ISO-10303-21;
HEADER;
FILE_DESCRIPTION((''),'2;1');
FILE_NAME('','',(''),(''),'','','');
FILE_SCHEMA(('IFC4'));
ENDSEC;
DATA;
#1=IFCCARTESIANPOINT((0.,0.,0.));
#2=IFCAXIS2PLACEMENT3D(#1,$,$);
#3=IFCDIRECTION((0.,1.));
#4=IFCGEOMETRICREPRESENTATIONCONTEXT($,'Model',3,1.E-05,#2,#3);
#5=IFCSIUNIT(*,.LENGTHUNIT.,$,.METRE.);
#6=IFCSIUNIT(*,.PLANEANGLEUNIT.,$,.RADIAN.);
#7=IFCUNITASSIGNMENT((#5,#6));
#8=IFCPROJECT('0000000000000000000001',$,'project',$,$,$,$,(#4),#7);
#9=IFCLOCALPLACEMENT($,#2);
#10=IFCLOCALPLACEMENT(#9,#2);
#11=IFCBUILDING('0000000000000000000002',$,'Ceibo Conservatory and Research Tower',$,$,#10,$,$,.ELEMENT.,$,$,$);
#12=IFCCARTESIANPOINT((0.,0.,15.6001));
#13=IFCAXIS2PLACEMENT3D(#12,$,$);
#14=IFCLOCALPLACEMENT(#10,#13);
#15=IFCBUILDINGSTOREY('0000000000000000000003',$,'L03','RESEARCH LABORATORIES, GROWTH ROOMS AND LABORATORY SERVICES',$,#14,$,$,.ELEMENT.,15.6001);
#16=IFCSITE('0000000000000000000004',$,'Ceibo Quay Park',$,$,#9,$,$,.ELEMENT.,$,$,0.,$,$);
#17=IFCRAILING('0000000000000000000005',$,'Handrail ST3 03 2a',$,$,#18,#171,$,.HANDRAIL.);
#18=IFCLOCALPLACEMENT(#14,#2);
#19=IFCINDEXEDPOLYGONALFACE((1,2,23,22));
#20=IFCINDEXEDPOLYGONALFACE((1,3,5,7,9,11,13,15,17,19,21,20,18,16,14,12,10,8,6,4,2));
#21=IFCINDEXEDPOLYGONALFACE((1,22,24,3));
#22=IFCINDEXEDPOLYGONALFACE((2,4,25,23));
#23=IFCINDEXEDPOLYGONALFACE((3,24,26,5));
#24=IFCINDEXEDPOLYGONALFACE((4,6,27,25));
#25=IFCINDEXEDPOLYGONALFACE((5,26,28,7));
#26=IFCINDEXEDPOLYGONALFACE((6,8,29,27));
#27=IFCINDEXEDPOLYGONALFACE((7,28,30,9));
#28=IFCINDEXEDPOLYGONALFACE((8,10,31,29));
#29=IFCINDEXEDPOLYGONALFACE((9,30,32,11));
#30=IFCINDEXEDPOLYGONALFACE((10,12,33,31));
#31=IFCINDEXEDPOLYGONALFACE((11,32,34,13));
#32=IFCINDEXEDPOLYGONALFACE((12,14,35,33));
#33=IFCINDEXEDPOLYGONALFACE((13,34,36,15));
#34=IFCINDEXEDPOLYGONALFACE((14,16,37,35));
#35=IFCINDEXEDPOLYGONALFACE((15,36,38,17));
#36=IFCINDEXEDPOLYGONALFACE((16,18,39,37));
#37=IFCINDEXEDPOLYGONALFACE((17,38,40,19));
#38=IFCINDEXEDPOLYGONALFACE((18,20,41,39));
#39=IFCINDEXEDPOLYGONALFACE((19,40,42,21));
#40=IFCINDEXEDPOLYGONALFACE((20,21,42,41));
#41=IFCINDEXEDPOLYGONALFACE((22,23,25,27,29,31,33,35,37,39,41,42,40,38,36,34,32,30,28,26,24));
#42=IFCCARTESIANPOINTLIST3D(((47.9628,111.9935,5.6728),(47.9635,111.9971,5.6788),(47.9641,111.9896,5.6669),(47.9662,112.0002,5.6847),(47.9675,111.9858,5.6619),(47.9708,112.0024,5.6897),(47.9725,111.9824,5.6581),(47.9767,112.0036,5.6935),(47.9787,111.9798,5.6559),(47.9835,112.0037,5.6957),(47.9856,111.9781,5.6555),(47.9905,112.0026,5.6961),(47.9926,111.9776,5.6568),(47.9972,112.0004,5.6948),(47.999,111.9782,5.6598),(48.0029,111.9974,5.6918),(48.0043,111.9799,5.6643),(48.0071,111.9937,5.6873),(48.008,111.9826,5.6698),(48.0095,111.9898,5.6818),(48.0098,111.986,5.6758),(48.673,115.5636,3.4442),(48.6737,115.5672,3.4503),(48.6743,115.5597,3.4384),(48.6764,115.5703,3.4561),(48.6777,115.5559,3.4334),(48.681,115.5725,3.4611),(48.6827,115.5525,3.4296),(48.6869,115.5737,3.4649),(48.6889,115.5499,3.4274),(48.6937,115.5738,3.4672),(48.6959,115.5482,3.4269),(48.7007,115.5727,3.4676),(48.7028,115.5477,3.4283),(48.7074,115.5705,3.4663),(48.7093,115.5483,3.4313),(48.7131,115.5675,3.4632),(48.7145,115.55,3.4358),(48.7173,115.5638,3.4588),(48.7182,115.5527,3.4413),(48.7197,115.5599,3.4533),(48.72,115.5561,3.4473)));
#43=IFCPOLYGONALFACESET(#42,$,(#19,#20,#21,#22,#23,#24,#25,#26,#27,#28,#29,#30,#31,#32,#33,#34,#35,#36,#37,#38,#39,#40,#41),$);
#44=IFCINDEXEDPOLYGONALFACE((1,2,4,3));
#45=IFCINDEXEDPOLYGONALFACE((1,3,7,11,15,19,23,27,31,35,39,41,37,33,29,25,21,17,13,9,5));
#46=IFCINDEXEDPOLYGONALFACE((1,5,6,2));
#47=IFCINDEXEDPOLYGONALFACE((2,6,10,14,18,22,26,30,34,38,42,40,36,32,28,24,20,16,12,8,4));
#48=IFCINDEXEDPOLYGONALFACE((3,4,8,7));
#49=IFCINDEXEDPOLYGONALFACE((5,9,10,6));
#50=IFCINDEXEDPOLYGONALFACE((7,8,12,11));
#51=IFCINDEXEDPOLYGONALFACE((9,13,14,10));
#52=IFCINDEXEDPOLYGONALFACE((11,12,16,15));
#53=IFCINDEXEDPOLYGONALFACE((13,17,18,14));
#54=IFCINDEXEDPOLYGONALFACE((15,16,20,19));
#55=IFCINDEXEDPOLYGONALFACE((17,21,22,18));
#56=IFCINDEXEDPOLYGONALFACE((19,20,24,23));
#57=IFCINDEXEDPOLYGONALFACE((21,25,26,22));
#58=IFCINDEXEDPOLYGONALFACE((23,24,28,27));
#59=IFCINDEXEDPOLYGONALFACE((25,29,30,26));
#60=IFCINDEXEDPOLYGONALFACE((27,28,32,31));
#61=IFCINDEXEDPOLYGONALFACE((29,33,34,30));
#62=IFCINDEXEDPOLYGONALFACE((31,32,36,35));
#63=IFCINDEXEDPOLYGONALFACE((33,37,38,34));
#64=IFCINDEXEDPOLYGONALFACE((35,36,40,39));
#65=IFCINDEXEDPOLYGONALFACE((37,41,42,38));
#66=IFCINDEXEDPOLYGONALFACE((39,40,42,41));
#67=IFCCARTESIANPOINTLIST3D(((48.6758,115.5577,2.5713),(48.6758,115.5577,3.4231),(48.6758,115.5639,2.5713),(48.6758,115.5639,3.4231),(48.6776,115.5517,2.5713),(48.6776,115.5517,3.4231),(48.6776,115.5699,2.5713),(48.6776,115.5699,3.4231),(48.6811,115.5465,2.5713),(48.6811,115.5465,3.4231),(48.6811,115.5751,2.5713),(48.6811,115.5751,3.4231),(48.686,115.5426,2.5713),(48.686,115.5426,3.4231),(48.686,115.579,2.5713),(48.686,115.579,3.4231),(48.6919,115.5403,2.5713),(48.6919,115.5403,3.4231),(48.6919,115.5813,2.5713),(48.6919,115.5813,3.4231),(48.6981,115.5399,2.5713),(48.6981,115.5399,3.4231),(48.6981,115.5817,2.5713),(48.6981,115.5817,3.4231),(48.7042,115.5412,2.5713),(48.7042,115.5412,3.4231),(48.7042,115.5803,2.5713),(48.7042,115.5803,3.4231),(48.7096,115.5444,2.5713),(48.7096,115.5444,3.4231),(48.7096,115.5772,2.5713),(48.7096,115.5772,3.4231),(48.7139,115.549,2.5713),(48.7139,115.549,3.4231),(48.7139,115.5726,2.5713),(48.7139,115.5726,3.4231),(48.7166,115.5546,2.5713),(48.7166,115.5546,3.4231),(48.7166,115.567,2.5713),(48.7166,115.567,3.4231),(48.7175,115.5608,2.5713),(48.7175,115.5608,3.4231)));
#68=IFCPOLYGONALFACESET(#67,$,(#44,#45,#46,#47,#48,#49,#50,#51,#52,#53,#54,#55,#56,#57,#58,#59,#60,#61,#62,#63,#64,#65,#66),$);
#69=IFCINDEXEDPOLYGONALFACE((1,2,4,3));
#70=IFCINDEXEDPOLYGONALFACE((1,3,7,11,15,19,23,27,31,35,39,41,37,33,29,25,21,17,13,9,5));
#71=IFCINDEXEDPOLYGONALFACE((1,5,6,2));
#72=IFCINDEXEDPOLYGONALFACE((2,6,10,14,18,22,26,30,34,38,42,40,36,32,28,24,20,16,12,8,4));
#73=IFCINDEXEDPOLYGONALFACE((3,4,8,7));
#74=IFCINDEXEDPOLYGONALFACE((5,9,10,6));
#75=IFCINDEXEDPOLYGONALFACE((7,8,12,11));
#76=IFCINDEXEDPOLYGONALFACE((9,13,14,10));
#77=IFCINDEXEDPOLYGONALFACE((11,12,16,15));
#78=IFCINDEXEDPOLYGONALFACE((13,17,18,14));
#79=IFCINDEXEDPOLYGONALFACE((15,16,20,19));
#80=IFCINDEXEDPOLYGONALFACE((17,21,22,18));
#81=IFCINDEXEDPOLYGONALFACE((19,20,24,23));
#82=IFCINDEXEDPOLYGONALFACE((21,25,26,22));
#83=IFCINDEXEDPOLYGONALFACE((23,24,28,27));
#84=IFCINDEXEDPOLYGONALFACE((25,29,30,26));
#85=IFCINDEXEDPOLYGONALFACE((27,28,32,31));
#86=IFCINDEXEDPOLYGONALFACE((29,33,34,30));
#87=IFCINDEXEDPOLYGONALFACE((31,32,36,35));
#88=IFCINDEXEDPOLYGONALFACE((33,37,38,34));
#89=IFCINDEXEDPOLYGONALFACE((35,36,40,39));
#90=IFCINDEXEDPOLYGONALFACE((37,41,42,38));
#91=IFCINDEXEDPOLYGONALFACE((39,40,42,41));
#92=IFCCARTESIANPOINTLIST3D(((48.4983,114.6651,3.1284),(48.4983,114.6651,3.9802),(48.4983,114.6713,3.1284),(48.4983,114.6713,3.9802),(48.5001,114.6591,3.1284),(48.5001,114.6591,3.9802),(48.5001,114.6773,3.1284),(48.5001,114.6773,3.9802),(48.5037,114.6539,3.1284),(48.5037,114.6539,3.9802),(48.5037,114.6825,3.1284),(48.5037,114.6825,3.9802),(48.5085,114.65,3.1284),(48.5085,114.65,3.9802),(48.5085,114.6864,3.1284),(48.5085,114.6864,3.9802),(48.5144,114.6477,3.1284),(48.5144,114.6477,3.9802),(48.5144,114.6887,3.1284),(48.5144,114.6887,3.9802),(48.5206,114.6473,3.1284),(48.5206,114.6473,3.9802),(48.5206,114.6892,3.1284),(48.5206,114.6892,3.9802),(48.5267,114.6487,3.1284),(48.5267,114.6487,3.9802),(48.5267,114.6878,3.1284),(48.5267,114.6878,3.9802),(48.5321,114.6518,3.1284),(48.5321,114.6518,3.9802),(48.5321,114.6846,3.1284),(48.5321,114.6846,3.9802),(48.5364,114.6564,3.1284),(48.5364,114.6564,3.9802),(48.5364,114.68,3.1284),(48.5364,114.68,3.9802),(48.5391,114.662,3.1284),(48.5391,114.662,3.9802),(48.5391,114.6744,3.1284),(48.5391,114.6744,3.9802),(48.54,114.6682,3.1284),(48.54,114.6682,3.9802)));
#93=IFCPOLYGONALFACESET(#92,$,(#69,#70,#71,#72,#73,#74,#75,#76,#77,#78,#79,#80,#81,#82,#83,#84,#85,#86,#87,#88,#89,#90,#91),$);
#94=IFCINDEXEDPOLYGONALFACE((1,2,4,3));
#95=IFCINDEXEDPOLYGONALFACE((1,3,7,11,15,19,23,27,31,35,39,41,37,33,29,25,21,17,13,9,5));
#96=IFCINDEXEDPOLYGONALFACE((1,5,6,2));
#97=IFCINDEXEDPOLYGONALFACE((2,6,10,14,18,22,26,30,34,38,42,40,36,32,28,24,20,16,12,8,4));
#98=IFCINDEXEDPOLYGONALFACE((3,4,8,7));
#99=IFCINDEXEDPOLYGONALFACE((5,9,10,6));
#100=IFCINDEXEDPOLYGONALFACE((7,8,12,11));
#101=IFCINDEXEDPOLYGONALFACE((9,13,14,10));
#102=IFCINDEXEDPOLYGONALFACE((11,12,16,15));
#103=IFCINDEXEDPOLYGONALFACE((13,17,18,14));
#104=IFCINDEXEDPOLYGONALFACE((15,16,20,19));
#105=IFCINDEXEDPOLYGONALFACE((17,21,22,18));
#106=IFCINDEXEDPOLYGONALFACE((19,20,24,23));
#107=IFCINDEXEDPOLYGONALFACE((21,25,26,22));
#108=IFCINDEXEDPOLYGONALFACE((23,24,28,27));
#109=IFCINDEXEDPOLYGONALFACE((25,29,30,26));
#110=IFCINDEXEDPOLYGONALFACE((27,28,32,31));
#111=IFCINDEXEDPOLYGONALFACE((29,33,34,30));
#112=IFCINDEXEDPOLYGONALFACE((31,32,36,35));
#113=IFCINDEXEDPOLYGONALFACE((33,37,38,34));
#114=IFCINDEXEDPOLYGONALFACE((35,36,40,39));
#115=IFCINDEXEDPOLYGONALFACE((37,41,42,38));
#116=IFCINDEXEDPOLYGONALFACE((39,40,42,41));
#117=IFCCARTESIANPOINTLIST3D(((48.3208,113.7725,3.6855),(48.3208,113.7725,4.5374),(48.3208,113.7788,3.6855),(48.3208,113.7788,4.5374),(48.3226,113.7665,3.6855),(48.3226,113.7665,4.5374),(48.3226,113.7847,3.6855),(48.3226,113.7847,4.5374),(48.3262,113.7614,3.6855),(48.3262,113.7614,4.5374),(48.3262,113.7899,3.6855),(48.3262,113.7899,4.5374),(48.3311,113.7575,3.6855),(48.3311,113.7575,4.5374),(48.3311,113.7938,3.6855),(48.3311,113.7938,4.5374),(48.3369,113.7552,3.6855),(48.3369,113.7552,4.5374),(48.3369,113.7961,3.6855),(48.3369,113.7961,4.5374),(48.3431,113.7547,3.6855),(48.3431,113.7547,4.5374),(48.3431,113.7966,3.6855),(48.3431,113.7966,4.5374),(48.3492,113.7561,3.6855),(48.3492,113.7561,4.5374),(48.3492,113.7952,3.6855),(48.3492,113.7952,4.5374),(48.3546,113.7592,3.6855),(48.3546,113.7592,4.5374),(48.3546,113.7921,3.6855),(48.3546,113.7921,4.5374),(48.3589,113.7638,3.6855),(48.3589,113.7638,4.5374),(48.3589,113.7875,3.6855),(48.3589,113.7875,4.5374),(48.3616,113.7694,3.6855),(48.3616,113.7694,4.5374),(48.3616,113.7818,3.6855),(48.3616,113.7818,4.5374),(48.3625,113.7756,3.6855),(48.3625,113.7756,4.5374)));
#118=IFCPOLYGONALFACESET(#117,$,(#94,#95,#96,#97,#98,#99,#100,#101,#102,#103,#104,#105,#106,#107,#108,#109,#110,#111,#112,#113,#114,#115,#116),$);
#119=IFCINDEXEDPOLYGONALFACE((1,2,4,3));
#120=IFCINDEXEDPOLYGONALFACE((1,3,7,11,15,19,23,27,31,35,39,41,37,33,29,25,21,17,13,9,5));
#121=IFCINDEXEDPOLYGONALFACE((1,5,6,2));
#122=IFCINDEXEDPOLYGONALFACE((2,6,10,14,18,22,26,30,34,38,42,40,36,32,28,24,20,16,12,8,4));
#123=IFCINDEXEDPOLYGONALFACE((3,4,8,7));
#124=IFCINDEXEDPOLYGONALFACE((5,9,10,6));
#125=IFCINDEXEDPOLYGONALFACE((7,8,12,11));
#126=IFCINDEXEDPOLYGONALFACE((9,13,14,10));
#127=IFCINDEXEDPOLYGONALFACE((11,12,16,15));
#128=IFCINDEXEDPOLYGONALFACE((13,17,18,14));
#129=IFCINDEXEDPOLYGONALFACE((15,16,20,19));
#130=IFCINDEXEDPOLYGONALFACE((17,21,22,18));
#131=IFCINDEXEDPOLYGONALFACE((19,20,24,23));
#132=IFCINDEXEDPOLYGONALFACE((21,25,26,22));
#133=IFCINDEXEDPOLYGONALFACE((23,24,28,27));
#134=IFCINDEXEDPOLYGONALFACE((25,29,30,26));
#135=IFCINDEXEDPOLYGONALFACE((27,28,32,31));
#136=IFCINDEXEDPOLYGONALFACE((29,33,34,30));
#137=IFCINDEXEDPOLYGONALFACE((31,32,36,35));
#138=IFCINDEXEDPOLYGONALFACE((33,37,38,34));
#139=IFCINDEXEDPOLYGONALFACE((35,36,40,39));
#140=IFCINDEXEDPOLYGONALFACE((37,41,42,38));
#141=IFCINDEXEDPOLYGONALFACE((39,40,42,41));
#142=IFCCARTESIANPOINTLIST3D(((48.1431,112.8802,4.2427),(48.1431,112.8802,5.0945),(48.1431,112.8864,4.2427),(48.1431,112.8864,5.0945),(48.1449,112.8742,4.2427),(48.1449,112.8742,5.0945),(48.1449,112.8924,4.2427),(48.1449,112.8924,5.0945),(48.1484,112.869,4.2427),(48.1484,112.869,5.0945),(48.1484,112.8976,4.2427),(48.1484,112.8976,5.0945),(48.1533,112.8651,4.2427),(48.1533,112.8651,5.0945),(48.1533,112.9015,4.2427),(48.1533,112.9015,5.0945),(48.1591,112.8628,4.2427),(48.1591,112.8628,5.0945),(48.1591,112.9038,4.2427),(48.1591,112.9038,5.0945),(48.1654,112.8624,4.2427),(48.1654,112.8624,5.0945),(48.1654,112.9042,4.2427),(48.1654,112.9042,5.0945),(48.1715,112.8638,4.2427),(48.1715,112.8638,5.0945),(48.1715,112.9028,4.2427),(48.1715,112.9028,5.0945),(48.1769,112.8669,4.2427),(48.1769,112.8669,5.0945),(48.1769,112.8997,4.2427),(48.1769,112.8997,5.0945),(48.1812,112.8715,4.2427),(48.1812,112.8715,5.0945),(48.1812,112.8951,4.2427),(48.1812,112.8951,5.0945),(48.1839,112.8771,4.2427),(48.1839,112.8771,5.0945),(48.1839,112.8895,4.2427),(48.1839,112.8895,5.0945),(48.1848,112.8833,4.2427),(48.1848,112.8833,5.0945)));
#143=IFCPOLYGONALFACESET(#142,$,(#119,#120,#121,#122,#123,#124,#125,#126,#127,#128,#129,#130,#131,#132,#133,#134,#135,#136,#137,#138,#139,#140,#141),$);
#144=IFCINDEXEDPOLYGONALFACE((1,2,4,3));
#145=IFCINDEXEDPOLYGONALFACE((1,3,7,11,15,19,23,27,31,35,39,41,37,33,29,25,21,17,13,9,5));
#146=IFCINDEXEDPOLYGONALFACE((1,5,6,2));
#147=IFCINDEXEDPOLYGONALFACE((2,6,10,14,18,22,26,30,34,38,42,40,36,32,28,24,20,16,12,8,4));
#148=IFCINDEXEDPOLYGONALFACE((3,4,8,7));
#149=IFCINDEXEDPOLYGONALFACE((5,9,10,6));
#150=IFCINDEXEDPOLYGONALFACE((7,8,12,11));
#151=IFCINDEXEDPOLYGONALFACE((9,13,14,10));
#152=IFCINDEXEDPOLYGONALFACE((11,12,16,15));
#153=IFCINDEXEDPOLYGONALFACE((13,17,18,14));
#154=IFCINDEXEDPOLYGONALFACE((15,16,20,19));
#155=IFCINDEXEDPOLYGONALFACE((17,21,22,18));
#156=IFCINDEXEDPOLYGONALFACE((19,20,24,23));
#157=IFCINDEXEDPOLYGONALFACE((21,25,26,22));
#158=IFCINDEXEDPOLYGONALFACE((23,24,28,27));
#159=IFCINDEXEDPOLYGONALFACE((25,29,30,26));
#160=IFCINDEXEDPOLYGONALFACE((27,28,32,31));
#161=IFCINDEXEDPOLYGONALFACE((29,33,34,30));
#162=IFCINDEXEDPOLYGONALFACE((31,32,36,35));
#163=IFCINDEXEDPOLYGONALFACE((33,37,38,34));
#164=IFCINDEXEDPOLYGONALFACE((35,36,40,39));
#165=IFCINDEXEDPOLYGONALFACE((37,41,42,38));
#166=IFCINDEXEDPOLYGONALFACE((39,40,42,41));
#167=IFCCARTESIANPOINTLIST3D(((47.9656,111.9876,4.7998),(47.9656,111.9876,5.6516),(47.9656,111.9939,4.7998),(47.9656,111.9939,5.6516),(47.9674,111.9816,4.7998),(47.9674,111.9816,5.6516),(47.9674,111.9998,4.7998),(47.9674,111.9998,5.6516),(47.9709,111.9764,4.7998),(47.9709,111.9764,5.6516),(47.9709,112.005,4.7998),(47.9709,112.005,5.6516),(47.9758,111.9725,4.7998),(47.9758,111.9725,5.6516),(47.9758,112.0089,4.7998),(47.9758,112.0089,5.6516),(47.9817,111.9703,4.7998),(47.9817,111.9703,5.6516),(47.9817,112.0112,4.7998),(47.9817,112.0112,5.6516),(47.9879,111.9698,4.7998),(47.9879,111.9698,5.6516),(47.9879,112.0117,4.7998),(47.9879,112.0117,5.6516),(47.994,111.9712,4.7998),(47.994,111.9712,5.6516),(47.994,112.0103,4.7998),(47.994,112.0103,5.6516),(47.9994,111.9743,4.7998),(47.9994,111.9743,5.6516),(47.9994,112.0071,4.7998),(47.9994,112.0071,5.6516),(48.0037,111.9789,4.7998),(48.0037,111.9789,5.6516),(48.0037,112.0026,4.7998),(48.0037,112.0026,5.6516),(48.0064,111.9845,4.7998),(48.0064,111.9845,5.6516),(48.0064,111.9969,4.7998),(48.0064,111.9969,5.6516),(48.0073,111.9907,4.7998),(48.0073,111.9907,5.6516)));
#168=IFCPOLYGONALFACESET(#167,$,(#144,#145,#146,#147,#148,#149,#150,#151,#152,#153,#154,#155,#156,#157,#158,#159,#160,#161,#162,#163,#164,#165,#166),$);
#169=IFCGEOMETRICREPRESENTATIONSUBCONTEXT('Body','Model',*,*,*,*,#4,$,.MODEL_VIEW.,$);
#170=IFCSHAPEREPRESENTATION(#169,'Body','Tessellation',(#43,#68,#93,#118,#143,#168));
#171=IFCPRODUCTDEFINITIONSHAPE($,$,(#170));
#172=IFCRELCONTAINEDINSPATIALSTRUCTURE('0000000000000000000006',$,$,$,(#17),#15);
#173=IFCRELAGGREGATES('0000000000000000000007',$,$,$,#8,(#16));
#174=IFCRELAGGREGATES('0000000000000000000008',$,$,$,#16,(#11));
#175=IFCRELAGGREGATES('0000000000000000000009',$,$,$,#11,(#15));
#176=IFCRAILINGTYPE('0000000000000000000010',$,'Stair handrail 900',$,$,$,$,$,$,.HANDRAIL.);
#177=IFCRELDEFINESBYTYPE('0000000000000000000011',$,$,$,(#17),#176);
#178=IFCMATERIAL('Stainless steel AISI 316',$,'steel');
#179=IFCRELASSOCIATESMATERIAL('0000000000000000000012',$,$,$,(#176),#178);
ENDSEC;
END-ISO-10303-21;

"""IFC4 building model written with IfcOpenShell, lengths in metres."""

from ifc_helpers import new_model, si_unit, direction, frame, origin, origin_2d, place, context, subcontext, project, spatial, circle, extrude, material, type_object, element, save


model = new_model("IFC4")

# Units and contexts
model_context = context("Model", 3, precision=1e-05, world=origin(), true_north=direction((0.0, 1.0)))
body_context = subcontext(model_context, "Body", "Model", "MODEL_VIEW")
ifc_project = project(units=[si_unit("LENGTHUNIT", "METRE"), si_unit("PLANEANGLEUNIT", "RADIAN")], contexts=[model_context])

# Site, building, storey
site_placement = place(None, origin())
site = spatial("IfcSite", under=ifc_project, at=site_placement, Name="Ceibo Quay Park", CompositionType="ELEMENT", RefElevation=0.0)
building_placement = place(site_placement, origin())
building = spatial("IfcBuilding", under=site, at=building_placement, Name="Ceibo Conservatory and Research Tower", CompositionType="ELEMENT")
storey_placement = place(building_placement, frame((0.0, 0.0, 15.6001)))
storey = spatial("IfcBuildingStorey", under=building, at=storey_placement, Name="L03", Description="RESEARCH LABORATORIES, GROWTH ROOMS AND LABORATORY SERVICES", CompositionType="ELEMENT", Elevation=15.6001)

# Shared definitions
ifc_material_1 = material(Name="Stainless steel AISI 316", Category="steel")

# Railing
railing_type = type_object("IfcRailingType", Name="Stair handrail 900", PredefinedType="HANDRAIL", material=ifc_material_1)
railing_1_placement = place(storey_placement, frame((48.6965, 115.5608, 2.5713)))
element("IfcRailing", 1, at=railing_1_placement, inside=storey, type_object=railing_type, Name="Handrail ST3 03 2a", PredefinedType="HANDRAIL", context=body_context, shape_type="SweptSolid", body=[
    extrude(circle(Radius=0.0239, at=origin_2d()), frame((0.0, 0.0, 0.876), z_axis=(-0.166401, -0.836468, 0.522142), x_axis=(0.980781, -0.19511, 0.0)), (0.0, 0.0, 1.0), 4.2681),
    extrude(circle(Radius=0.021, at=origin_2d()), origin(), (0.0, 0.0, 1.0), 0.8518),
    extrude(circle(Radius=0.021, at=origin_2d()), frame((-0.1775, -0.8926, 0.5571)), (0.0, 0.0, 1.0), 0.8518),
    extrude(circle(Radius=0.021, at=origin_2d()), frame((-0.355, -1.7852, 1.1143)), (0.0, 0.0, 1.0), 0.8518),
    extrude(circle(Radius=0.021, at=origin_2d()), frame((-0.5327, -2.6775, 1.6714)), (0.0, 0.0, 1.0), 0.8518),
    extrude(circle(Radius=0.021, at=origin_2d()), frame((-0.7102, -3.5701, 2.2285)), (0.0, 0.0, 1.0), 0.8518),
])

save(model, "model.ifc")
